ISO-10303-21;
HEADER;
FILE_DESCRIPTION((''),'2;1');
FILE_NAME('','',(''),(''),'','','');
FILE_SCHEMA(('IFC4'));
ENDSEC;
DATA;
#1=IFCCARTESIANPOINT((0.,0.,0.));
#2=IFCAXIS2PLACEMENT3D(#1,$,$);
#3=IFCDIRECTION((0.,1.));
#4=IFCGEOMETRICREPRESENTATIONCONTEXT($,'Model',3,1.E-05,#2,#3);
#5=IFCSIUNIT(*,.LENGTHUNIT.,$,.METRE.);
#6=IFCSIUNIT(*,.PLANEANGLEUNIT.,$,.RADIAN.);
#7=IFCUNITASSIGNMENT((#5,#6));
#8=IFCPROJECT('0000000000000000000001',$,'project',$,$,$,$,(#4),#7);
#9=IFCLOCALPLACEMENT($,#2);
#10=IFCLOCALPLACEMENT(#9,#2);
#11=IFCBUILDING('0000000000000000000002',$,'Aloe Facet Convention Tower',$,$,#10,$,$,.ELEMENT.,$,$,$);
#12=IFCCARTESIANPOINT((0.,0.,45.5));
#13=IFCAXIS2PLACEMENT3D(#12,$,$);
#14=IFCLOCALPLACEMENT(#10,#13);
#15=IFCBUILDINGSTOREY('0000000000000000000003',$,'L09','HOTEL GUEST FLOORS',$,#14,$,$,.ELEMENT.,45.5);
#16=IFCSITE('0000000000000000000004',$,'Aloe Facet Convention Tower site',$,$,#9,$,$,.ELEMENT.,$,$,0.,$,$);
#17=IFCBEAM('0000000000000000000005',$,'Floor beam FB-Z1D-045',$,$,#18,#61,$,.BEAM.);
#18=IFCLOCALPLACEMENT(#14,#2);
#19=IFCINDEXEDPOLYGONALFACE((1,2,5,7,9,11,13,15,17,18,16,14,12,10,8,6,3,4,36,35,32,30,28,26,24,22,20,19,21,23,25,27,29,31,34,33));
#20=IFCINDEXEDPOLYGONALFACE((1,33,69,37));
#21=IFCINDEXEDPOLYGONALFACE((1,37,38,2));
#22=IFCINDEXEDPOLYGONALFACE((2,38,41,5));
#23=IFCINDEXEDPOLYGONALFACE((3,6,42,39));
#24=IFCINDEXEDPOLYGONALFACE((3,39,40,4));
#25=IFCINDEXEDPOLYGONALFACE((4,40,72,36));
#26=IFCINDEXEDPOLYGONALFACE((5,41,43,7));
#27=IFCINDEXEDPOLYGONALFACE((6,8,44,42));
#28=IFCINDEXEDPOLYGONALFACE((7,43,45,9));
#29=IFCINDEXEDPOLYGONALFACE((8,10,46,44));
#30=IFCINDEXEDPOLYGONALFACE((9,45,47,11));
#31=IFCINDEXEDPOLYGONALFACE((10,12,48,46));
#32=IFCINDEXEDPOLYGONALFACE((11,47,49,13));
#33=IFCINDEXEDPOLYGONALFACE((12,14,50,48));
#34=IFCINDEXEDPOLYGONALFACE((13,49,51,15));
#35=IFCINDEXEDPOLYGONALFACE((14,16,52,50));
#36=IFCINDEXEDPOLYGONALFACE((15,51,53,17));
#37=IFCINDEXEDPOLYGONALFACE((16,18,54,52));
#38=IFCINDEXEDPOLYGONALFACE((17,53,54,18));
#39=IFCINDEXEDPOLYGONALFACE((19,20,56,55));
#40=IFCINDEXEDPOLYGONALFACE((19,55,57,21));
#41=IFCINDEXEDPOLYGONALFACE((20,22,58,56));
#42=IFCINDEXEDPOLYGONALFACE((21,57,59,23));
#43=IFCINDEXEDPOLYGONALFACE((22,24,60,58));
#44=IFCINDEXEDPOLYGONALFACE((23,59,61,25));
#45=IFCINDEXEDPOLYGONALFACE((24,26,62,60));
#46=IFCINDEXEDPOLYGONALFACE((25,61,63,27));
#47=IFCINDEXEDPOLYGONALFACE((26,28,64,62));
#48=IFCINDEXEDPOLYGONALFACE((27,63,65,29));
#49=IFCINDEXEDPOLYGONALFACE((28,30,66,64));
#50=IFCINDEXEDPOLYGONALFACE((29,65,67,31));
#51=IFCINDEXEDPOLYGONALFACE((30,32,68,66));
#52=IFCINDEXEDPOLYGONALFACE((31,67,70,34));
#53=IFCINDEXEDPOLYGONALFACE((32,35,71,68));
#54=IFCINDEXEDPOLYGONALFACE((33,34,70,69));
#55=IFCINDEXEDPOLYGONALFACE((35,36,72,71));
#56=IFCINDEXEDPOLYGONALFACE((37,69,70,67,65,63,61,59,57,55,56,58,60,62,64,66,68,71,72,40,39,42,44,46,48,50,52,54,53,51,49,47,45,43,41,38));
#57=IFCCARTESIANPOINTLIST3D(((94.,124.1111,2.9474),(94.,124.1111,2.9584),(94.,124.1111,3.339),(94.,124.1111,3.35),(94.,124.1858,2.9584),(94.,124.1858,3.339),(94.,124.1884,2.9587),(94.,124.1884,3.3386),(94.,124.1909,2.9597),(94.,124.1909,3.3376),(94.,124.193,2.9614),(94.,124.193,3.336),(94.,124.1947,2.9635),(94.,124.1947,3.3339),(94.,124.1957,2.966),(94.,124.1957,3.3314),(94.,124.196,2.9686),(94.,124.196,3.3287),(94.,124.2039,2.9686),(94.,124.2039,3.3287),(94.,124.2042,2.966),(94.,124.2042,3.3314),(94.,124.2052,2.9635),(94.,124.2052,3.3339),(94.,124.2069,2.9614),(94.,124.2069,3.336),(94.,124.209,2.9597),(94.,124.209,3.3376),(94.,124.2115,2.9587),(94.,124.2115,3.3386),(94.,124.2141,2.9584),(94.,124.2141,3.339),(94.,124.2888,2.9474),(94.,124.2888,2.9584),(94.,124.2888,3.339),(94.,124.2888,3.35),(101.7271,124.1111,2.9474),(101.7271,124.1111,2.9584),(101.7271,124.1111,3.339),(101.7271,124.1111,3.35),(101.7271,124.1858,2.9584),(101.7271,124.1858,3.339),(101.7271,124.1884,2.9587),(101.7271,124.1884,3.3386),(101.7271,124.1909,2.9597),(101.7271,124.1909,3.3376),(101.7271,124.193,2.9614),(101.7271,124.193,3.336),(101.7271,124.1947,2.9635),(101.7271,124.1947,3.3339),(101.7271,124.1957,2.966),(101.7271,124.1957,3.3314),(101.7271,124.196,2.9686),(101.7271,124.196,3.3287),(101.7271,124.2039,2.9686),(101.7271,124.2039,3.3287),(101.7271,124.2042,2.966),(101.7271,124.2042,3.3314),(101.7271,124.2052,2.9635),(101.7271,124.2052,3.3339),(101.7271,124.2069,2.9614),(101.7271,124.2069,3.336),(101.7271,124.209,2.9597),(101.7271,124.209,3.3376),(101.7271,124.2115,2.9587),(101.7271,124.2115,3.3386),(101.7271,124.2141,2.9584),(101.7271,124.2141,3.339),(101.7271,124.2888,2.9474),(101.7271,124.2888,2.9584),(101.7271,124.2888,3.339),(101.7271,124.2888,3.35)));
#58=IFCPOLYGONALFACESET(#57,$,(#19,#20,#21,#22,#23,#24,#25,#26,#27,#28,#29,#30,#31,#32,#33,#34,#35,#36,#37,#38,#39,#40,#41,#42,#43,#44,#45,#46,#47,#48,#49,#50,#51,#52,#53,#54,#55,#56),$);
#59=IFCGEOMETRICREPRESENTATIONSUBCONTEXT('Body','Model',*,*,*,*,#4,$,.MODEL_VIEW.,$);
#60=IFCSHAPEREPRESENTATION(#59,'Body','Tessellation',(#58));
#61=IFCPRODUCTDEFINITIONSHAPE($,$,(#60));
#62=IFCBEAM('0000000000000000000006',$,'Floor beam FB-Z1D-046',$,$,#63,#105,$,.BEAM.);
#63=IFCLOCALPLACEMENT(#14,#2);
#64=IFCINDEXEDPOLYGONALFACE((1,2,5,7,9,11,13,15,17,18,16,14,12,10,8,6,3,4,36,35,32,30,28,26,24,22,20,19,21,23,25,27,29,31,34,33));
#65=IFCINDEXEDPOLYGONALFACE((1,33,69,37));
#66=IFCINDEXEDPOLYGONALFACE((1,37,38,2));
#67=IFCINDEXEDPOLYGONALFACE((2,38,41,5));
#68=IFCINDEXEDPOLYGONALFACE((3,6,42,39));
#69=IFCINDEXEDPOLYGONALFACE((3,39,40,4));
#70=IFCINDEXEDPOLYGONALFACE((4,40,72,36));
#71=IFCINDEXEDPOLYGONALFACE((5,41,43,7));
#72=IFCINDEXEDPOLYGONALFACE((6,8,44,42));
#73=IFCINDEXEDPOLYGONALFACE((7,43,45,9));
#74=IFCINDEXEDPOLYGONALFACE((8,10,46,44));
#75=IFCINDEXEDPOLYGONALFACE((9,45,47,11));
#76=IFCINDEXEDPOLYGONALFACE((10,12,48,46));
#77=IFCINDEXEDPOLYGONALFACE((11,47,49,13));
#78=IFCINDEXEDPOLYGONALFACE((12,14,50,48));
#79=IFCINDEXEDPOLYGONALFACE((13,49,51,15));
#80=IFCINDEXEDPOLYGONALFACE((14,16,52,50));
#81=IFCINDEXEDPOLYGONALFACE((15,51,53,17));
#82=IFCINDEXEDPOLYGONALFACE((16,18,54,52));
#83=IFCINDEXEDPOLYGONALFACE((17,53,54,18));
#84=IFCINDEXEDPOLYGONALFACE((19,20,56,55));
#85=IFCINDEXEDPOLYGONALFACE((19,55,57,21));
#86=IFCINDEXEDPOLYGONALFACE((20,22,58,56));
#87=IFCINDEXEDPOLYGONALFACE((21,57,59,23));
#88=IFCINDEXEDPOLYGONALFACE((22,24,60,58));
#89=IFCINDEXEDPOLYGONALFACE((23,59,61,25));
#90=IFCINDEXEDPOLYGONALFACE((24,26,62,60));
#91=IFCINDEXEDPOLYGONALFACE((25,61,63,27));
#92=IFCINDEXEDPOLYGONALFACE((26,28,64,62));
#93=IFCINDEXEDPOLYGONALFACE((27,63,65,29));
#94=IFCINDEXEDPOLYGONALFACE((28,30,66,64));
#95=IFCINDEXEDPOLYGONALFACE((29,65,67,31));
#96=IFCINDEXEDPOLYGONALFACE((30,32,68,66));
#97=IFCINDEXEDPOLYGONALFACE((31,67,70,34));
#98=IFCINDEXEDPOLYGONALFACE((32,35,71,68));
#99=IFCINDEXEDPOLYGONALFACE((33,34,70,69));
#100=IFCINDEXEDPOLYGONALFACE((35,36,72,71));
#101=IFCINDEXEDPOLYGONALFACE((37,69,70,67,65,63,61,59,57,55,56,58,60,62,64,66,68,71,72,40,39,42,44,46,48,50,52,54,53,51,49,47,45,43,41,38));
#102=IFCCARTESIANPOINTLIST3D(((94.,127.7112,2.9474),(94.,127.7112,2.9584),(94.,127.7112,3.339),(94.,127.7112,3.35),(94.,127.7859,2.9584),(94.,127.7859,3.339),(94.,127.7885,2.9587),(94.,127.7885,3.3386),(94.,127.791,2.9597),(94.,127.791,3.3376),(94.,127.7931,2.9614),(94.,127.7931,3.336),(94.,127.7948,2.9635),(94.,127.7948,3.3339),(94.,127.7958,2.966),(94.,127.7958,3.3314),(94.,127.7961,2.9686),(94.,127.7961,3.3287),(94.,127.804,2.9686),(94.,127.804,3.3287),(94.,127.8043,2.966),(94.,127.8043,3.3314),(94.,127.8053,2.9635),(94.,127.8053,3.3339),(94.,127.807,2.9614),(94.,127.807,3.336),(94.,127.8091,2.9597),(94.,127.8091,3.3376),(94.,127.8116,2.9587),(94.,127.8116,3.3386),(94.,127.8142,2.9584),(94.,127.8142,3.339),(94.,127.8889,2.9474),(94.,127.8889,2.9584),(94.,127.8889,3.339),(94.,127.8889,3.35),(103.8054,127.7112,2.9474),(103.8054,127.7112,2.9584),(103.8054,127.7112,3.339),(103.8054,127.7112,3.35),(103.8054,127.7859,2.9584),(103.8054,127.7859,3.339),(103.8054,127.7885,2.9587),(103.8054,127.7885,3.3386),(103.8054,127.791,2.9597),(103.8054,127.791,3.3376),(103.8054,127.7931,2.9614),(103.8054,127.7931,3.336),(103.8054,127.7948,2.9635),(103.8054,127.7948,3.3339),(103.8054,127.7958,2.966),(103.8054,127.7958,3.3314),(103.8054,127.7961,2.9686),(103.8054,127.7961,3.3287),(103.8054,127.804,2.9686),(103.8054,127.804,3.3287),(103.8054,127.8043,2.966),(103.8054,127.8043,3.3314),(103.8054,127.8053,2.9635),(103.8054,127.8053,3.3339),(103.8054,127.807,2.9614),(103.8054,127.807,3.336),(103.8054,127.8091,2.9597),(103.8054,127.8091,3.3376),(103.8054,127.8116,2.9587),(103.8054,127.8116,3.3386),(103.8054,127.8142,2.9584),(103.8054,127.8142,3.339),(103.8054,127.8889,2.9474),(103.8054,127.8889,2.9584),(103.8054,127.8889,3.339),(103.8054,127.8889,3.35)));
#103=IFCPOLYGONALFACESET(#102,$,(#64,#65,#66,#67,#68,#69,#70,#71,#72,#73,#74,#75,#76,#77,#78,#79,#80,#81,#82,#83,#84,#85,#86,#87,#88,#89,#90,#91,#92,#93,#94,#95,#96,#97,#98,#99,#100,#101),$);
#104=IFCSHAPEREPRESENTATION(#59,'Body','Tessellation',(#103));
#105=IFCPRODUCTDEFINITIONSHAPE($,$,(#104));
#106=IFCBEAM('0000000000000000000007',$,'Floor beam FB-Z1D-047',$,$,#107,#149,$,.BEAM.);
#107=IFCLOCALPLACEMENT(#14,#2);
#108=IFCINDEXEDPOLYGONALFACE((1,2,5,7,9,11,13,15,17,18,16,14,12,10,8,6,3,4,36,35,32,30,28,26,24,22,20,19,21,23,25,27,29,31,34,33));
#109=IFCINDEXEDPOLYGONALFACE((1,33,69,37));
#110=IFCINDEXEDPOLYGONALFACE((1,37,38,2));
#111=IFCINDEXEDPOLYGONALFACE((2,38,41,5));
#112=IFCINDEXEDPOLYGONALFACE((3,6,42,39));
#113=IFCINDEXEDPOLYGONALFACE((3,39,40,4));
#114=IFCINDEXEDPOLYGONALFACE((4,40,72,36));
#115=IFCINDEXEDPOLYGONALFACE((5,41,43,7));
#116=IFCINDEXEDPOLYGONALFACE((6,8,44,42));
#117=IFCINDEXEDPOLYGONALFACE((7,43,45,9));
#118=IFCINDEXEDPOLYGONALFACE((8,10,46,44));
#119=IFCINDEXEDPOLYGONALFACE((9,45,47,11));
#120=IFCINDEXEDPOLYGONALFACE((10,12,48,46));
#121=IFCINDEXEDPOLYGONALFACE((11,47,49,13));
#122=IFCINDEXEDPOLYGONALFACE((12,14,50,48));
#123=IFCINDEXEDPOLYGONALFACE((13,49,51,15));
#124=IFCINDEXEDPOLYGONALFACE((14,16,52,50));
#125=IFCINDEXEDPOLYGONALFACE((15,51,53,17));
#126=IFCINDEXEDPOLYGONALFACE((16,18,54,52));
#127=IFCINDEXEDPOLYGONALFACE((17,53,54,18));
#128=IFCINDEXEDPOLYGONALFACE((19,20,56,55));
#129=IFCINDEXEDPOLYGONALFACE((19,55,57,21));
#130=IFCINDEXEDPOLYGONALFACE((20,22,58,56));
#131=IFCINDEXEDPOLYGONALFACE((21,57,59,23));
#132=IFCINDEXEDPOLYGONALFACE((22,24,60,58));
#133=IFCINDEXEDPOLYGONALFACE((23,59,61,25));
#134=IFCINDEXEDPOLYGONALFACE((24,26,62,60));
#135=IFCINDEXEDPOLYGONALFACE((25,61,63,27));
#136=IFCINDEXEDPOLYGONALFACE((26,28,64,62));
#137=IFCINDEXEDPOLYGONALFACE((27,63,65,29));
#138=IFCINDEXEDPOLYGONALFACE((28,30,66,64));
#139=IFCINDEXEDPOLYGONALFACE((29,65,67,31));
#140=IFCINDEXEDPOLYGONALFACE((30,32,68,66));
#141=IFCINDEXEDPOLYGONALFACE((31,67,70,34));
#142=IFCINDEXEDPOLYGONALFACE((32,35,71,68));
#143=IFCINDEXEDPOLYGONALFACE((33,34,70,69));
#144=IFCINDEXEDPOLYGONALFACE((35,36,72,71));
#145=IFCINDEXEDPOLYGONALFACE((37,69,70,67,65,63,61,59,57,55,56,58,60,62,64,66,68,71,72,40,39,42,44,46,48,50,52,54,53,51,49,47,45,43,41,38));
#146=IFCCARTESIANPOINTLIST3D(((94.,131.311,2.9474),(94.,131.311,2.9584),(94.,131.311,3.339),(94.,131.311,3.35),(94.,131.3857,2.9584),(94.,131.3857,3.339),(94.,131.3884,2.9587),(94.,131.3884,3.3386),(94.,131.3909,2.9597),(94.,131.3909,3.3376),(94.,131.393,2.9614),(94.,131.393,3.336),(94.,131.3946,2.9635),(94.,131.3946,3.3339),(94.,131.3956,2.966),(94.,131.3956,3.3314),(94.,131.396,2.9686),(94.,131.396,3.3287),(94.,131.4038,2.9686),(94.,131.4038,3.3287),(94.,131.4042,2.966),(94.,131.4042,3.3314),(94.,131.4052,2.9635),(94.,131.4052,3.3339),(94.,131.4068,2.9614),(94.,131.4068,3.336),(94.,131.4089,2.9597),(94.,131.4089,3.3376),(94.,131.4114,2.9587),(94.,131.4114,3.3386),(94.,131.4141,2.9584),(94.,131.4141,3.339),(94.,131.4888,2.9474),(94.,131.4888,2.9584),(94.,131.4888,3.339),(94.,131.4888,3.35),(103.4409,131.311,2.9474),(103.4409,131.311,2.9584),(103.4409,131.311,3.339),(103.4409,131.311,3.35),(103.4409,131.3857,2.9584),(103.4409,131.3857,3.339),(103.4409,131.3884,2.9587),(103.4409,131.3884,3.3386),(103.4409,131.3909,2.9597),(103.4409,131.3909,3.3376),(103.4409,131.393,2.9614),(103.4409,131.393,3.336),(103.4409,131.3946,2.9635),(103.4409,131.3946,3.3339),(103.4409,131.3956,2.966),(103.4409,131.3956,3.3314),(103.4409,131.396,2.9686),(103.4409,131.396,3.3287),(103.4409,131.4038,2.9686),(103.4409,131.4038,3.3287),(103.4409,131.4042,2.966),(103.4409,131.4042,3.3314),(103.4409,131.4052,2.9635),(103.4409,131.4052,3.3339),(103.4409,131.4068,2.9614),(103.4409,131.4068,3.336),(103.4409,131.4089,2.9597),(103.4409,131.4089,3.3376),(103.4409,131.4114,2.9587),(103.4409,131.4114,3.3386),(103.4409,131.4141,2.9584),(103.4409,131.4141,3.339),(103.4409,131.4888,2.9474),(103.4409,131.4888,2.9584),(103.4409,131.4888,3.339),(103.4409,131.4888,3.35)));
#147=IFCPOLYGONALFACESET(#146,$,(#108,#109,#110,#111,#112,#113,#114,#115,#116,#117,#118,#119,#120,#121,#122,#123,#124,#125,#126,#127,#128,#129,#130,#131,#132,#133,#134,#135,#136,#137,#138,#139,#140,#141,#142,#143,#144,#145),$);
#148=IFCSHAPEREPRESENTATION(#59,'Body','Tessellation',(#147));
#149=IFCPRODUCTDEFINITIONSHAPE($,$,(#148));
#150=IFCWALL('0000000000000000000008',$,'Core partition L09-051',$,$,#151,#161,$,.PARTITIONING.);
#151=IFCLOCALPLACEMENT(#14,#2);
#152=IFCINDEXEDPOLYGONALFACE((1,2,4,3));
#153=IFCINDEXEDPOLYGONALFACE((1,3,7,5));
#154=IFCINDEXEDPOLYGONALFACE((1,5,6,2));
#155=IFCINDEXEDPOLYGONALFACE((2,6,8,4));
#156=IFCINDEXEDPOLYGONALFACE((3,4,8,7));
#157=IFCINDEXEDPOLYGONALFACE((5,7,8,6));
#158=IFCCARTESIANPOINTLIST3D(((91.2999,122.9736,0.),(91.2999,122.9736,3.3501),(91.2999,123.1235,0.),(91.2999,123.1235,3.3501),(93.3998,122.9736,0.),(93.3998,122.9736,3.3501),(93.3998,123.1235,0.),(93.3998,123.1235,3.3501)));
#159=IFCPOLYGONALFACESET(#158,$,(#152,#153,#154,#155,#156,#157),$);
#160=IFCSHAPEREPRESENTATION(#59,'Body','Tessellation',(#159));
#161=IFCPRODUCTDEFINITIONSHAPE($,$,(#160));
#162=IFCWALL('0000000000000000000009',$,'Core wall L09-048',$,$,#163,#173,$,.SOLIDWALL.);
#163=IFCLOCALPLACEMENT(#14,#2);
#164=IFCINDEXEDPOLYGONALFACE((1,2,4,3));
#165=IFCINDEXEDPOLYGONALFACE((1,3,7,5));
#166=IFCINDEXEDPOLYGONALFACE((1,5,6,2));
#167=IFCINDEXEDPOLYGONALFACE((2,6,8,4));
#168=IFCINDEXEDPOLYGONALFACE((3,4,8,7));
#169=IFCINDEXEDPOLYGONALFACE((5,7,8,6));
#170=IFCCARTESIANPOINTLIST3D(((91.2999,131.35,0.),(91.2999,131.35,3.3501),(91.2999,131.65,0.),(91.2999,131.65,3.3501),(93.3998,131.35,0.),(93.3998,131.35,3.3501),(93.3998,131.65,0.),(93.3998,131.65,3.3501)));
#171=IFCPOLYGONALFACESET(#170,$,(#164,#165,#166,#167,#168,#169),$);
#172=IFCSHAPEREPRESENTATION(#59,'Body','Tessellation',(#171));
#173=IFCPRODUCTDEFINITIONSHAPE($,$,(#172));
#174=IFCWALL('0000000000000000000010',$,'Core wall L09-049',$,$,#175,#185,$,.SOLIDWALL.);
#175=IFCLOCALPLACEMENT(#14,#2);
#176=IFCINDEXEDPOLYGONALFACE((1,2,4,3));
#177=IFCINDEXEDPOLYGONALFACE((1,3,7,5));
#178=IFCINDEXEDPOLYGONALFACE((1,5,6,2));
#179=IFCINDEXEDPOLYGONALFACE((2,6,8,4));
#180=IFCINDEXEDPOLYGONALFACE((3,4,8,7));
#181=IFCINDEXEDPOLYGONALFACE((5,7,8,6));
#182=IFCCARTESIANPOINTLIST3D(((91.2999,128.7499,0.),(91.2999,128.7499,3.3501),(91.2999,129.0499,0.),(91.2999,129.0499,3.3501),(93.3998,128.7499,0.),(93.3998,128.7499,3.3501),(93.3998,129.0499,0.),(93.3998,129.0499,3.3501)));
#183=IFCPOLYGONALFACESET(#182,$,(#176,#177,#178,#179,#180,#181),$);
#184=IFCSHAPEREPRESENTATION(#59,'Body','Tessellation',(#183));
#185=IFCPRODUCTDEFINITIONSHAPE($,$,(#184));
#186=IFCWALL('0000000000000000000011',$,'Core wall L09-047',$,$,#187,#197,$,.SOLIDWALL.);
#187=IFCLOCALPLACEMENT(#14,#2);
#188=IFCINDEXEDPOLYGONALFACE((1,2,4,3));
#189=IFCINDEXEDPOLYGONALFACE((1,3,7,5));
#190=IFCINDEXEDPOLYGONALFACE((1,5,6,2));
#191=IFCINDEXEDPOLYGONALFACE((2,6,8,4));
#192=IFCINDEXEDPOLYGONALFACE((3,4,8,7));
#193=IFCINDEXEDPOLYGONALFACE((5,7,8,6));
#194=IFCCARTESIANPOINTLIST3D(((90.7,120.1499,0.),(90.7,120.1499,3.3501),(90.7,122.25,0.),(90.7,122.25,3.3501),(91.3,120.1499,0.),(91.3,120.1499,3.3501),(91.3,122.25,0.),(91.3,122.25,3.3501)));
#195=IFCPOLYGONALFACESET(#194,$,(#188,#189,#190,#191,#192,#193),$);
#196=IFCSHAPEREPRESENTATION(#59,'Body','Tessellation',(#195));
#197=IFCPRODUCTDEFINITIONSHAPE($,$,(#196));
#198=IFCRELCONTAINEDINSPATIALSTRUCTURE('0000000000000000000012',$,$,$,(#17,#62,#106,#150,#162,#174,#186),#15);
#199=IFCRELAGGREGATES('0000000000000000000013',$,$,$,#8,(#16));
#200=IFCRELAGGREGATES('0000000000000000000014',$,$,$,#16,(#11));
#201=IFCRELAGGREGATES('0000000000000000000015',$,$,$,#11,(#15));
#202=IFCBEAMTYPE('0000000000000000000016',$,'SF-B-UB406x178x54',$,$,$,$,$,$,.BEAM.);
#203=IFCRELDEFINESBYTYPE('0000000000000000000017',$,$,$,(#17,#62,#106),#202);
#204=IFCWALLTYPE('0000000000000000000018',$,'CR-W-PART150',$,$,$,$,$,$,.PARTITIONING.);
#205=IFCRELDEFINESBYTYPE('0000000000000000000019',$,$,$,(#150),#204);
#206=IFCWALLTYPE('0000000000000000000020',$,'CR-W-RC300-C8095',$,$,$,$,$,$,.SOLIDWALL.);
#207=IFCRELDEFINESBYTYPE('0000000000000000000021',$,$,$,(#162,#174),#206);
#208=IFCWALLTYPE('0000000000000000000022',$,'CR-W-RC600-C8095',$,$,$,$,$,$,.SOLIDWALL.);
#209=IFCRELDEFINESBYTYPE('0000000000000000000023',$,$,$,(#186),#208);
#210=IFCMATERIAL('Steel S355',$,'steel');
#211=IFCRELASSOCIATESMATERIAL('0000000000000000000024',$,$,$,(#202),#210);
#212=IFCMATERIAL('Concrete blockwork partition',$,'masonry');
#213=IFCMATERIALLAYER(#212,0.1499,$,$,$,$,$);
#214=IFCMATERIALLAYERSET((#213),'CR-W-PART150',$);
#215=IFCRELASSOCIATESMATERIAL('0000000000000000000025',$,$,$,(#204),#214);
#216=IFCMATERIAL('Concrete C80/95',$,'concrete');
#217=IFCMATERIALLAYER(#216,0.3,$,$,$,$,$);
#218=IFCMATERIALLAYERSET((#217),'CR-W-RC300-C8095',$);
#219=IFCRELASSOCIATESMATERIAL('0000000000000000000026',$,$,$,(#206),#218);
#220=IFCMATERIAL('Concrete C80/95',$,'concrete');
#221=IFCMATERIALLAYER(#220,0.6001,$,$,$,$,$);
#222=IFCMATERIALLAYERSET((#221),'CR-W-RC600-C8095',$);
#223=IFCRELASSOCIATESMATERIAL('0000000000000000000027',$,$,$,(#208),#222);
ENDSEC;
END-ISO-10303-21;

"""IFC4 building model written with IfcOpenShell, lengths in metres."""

from ifc_helpers import new_model, si_unit, direction, frame, frame_2d, origin, origin_2d, place, context, subcontext, project, spatial, rectangle, i_section, extrude, material, layer, layer_set, material_profile, profile_set, type_object, element, save


model = new_model("IFC4")

# Units and contexts
model_context = context("Model", 3, precision=1e-05, world=origin(), true_north=direction((0.0, 1.0)))
body_context = subcontext(model_context, "Body", "Model", "MODEL_VIEW")
ifc_project = project(units=[si_unit("LENGTHUNIT", "METRE"), si_unit("PLANEANGLEUNIT", "RADIAN")], contexts=[model_context])

# Site, building, storey
site_placement = place(None, origin())
site = spatial("IfcSite", under=ifc_project, at=site_placement, Name="Aloe Facet Convention Tower site", CompositionType="ELEMENT", RefElevation=0.0)
building_placement = place(site_placement, origin())
building = spatial("IfcBuilding", under=site, at=building_placement, Name="Aloe Facet Convention Tower", CompositionType="ELEMENT")
storey_placement = place(building_placement, frame((0.0, 0.0, 45.5)))
storey = spatial("IfcBuildingStorey", under=building, at=storey_placement, Name="L09", Description="HOTEL GUEST FLOORS", CompositionType="ELEMENT", Elevation=45.5)

# Beams
ifc_material_1 = material(Name="Steel S355", Category="steel")
ifc_material_profile = material_profile(ifc_material_1, i_section(OverallWidth=0.1777, OverallDepth=0.4026, WebThickness=0.0078, FlangeThickness=0.011, FilletRadius=0.0103, at=origin_2d()), Name="UB 406x178x54")
ifc_profile_set = profile_set([ifc_material_profile], Name="Steel S355")
beam_type = type_object("IfcBeamType", Name="SF-B-UB406x178x54", PredefinedType="BEAM", material=ifc_profile_set)
beam_1_placement = place(storey_placement, frame((94.0, 124.2, 3.1487), z_axis=(1.0, 0.0, 0.0), x_axis=(0.0, 1.0, 0.0)))
element("IfcBeam", 1, at=beam_1_placement, inside=storey, type_object=beam_type, Name="Floor beam FB-Z1D-045", PredefinedType="BEAM", context=body_context, shape_type="SweptSolid", body=[
    extrude(i_section(OverallWidth=0.1777, OverallDepth=0.4026, WebThickness=0.0078, FlangeThickness=0.011, FilletRadius=0.0103, at=origin_2d()), origin(), (0.0, 0.0, 1.0), 7.7271),
])
beam_2_placement = place(storey_placement, frame((94.0, 127.8, 3.1487), z_axis=(1.0, 0.0, 0.0), x_axis=(0.0, 1.0, 0.0)))
element("IfcBeam", 2, at=beam_2_placement, inside=storey, type_object=beam_type, Name="Floor beam FB-Z1D-046", PredefinedType="BEAM", context=body_context, shape_type="SweptSolid", body=[
    extrude(i_section(OverallWidth=0.1777, OverallDepth=0.4026, WebThickness=0.0078, FlangeThickness=0.011, FilletRadius=0.0103, at=origin_2d()), origin(), (0.0, 0.0, 1.0), 9.8054),
])
beam_3_placement = place(storey_placement, frame((94.0, 131.3999, 3.1487), z_axis=(1.0, 0.0, 0.0), x_axis=(0.0, 1.0, 0.0)))
element("IfcBeam", 3, at=beam_3_placement, inside=storey, type_object=beam_type, Name="Floor beam FB-Z1D-047", PredefinedType="BEAM", context=body_context, shape_type="SweptSolid", body=[
    extrude(i_section(OverallWidth=0.1777, OverallDepth=0.4026, WebThickness=0.0078, FlangeThickness=0.011, FilletRadius=0.0103, at=origin_2d()), origin(), (0.0, 0.0, 1.0), 9.4409),
])

# Walls
ifc_material_2 = material(Name="Concrete blockwork partition", Category="masonry")
ifc_layer_1 = layer(ifc_material_2, 0.1499)
ifc_layer_set_1 = layer_set([ifc_layer_1], Name="CR-W-PART150")
wall_type_1 = type_object("IfcWallType", Name="CR-W-PART150", PredefinedType="PARTITIONING", material=ifc_layer_set_1)
wall_1_placement = place(storey_placement, frame((91.3, 123.0486, 0.0), z_axis=(0.0, 0.0, 1.0), x_axis=(1.0, 0.0, 0.0)))
element("IfcWall", 4, at=wall_1_placement, inside=storey, type_object=wall_type_1, Name="Core partition L09-051", PredefinedType="PARTITIONING", context=body_context, shape_type="SweptSolid", body=[
    extrude(rectangle(XDim=2.0999, YDim=0.1499, at=frame_2d((1.0498, 0.0))), origin(), (0.0, 0.0, 1.0), 3.3501),
])
ifc_material_3 = material(Name="Concrete C80/95", Category="concrete")
ifc_layer_2 = layer(ifc_material_3, 0.3)
ifc_layer_set_2 = layer_set([ifc_layer_2], Name="CR-W-RC300-C8095")
wall_type_2 = type_object("IfcWallType", Name="CR-W-RC300-C8095", PredefinedType="SOLIDWALL", material=ifc_layer_set_2)
for number, where, z_axis, x_axis, name in (
    (5, (91.3, 131.5, 0.0), (0.0, 0.0, 1.0), (1.0, 0.0, 0.0), "Core wall L09-048"),
    (6, (91.3, 128.8999, 0.0), (0.0, 0.0, 1.0), (1.0, 0.0, 0.0), "Core wall L09-049"),
):
    element("IfcWall", number, at=place(storey_placement, frame(where, z_axis=z_axis, x_axis=x_axis)), inside=storey, type_object=wall_type_2, Name=name, PredefinedType="SOLIDWALL", context=body_context, shape_type="SweptSolid", body=[
        extrude(rectangle(XDim=2.0999, YDim=0.3, at=frame_2d((1.0498, 0.0))), origin(), (0.0, 0.0, 1.0), 3.3501),
    ])
ifc_material_4 = material(Name="Concrete C80/95", Category="concrete")
ifc_layer_3 = layer(ifc_material_4, 0.6001)
ifc_layer_set_3 = layer_set([ifc_layer_3], Name="CR-W-RC600-C8095")
wall_type_3 = type_object("IfcWallType", Name="CR-W-RC600-C8095", PredefinedType="SOLIDWALL", material=ifc_layer_set_3)
wall_2_placement = place(storey_placement, frame((91.0, 122.25, 0.0), z_axis=(0.0, 0.0, 1.0), x_axis=(0.0, -1.0, 0.0)))
element("IfcWall", 7, at=wall_2_placement, inside=storey, type_object=wall_type_3, Name="Core wall L09-047", PredefinedType="SOLIDWALL", context=body_context, shape_type="SweptSolid", body=[
    extrude(rectangle(XDim=2.1001, YDim=0.6001, at=frame_2d((1.05, 0.0))), origin(), (0.0, 0.0, 1.0), 3.3501),
])

save(model, "model.ifc")
